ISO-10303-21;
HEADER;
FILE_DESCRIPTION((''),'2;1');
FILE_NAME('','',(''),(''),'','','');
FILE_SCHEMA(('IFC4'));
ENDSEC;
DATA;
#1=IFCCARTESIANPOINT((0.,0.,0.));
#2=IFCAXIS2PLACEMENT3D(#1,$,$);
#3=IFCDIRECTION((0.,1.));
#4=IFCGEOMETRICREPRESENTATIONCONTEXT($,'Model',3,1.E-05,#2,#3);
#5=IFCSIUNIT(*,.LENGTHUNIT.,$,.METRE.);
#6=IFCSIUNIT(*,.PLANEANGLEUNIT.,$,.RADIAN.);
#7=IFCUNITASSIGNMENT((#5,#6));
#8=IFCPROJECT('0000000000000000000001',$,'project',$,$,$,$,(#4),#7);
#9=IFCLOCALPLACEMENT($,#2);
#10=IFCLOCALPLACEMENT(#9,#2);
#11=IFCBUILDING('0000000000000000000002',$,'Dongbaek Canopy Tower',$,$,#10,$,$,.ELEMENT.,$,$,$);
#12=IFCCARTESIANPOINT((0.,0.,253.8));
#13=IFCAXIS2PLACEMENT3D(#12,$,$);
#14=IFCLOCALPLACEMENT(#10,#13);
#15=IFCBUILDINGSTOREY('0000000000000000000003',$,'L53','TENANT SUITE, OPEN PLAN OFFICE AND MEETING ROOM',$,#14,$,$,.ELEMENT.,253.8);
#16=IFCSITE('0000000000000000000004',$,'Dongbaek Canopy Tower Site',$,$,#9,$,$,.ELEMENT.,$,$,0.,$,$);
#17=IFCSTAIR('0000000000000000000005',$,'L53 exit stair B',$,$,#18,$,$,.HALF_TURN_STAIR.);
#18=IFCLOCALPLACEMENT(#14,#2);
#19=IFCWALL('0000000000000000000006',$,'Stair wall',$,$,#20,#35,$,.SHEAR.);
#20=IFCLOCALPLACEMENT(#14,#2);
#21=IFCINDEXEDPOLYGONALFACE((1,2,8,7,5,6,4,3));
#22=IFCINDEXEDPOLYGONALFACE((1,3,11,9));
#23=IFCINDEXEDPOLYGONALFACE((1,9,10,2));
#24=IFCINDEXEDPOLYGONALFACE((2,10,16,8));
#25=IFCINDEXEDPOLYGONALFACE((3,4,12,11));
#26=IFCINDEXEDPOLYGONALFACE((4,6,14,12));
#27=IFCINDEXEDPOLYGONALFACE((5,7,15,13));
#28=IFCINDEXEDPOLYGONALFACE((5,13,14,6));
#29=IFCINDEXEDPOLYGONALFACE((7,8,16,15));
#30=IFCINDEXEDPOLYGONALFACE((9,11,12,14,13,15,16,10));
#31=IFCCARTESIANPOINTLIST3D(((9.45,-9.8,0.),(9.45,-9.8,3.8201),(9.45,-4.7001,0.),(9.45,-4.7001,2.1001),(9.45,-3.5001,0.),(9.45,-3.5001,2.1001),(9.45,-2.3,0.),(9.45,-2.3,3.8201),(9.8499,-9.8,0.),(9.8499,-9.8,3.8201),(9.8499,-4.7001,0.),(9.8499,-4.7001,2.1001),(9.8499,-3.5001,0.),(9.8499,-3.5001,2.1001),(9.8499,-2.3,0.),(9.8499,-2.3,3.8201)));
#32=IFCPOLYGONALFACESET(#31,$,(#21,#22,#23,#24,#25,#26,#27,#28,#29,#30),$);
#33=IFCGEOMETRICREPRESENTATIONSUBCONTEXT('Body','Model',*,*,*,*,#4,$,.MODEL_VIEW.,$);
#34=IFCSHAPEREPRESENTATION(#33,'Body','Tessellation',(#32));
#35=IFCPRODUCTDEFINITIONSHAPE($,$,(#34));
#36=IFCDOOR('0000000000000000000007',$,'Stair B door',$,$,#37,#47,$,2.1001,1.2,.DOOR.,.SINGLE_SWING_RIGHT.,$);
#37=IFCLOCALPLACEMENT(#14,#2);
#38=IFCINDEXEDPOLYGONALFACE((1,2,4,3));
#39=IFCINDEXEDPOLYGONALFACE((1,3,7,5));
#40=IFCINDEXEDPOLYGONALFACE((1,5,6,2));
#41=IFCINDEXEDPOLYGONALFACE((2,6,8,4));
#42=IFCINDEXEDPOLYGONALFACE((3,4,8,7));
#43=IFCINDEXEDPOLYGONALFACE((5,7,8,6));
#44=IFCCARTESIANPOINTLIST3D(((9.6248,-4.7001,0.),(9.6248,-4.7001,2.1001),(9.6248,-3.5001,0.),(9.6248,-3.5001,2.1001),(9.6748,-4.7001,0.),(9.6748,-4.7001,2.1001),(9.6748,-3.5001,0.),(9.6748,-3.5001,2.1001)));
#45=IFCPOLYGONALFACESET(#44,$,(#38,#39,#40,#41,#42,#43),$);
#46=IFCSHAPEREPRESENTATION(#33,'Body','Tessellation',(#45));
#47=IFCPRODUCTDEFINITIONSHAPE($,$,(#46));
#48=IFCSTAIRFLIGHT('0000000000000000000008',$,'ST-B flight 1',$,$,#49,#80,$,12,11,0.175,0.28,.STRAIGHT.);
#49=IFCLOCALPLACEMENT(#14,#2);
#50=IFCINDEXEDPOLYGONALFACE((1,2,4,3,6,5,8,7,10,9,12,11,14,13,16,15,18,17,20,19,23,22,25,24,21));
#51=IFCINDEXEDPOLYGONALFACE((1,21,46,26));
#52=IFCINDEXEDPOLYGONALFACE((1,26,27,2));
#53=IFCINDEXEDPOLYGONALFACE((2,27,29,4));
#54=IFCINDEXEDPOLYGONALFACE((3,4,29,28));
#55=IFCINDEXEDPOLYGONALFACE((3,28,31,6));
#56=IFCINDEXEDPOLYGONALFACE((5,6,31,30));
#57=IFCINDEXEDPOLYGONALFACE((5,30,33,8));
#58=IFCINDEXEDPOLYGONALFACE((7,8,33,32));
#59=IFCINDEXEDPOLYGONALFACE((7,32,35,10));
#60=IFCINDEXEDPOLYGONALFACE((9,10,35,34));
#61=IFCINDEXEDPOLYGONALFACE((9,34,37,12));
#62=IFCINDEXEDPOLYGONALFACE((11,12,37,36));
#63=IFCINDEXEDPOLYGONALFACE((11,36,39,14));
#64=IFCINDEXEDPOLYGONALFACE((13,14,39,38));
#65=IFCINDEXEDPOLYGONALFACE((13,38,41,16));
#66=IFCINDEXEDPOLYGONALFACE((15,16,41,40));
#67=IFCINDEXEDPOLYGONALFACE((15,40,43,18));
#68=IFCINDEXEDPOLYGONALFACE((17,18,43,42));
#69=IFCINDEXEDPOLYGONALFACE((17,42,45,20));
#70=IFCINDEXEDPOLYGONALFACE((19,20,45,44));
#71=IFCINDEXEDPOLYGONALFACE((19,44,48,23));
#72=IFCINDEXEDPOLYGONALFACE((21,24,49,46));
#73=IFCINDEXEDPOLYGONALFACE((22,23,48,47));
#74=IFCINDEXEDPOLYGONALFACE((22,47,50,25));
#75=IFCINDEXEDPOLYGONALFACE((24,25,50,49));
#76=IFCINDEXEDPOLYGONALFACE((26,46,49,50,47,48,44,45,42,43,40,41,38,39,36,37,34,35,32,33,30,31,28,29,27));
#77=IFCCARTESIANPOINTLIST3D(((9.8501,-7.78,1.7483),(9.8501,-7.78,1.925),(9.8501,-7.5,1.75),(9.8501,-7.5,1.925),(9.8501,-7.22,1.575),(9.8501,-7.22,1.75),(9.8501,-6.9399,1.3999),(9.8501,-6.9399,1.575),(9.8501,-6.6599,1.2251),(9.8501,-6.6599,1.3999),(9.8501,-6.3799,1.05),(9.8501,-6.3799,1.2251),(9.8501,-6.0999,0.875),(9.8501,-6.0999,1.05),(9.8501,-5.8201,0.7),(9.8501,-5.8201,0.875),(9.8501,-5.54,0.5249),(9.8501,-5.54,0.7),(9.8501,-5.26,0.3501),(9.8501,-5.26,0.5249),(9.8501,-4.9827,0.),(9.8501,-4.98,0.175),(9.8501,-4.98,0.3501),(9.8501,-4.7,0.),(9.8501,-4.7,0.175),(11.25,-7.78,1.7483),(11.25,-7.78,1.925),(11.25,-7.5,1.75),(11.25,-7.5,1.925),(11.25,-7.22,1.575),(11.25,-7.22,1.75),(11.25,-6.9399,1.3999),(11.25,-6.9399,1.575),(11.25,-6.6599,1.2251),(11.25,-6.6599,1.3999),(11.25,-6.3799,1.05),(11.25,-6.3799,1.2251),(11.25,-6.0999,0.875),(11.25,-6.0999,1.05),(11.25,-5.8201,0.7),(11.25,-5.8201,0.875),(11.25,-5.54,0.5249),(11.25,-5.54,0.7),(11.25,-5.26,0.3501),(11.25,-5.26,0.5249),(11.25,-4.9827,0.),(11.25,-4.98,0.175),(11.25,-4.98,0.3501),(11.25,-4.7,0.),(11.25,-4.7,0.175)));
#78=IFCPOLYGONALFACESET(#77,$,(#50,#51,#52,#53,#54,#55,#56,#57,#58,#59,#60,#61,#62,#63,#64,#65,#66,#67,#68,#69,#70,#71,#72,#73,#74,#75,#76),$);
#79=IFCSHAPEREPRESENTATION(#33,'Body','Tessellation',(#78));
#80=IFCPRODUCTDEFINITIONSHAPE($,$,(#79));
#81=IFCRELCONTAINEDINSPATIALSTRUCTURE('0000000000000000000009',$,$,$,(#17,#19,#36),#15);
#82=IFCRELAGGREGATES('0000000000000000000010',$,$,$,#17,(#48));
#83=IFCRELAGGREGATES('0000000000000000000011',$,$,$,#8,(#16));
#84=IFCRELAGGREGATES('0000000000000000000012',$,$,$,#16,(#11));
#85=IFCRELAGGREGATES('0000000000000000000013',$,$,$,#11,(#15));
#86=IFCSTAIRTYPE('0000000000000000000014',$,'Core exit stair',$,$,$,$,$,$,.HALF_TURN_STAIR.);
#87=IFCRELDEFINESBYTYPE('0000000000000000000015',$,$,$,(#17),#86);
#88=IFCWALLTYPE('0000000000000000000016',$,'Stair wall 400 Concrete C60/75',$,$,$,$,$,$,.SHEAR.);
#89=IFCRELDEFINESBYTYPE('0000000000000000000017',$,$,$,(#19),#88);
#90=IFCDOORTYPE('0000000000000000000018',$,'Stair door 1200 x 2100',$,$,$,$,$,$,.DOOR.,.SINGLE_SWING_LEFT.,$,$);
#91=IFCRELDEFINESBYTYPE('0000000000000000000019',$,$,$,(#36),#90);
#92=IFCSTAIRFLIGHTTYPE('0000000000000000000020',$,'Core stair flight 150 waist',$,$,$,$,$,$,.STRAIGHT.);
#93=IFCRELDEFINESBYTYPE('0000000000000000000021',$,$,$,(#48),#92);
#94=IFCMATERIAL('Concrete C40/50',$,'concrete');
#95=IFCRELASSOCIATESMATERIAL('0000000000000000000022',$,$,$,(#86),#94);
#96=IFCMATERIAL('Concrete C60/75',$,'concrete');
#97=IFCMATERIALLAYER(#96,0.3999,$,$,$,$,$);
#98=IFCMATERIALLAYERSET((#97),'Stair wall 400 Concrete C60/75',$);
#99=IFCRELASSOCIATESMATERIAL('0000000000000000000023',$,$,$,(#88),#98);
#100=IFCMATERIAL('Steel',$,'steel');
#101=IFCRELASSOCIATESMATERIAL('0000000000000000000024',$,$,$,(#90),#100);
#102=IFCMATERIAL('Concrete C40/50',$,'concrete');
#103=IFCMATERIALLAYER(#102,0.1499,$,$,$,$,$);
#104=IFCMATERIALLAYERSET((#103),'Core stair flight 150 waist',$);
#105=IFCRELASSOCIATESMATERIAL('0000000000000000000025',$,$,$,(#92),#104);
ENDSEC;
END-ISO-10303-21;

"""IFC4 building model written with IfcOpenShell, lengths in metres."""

from ifc_helpers import new_model, si_unit, direction, frame, frame_2d, origin, place, context, subcontext, project, spatial, polyline, rectangle, outline, extrude, material, layer, layer_set, type_object, element, fill, aggregate, save


model = new_model("IFC4")

# Units and contexts
model_context = context("Model", 3, precision=1e-05, world=origin(), true_north=direction((0.0, 1.0)))
body_context = subcontext(model_context, "Body", "Model", "MODEL_VIEW")
ifc_project = project(units=[si_unit("LENGTHUNIT", "METRE"), si_unit("PLANEANGLEUNIT", "RADIAN")], contexts=[model_context])

# Site, building, storey
site_placement = place(None, origin())
site = spatial("IfcSite", under=ifc_project, at=site_placement, Name="Dongbaek Canopy Tower Site", CompositionType="ELEMENT", RefElevation=0.0)
building_placement = place(site_placement, origin())
building = spatial("IfcBuilding", under=site, at=building_placement, Name="Dongbaek Canopy Tower", CompositionType="ELEMENT")
storey_placement = place(building_placement, frame((0.0, 0.0, 253.8)))
storey = spatial("IfcBuildingStorey", under=building, at=storey_placement, Name="L53", Description="TENANT SUITE, OPEN PLAN OFFICE AND MEETING ROOM", CompositionType="ELEMENT", Elevation=253.8)

# Stair
ifc_material_1 = material(Name="Concrete C40/50", Category="concrete")
stair_type = type_object("IfcStairType", Name="Core exit stair", PredefinedType="HALF_TURN_STAIR", material=ifc_material_1)
stair_1_placement = place(storey_placement, origin())
stair_1 = element("IfcStair", 1, at=stair_1_placement, inside=storey, type_object=stair_type, Name="L53 exit stair B", PredefinedType="HALF_TURN_STAIR")

# Wall, opening, door
ifc_material_2 = material(Name="Concrete C60/75", Category="concrete")
ifc_layer_1 = layer(ifc_material_2, 0.3999)
ifc_layer_set_1 = layer_set([ifc_layer_1], Name="Stair wall 400 Concrete C60/75")
wall_type_1 = type_object("IfcWallType", Name="Stair wall 400 Concrete C60/75", PredefinedType="SHEAR", material=ifc_layer_set_1)
wall_1_placement = place(storey_placement, frame((9.6499, -2.3, 0.0), z_axis=(0.0, 0.0, 1.0), x_axis=(0.0, -1.0, 0.0)))
wall_1 = element("IfcWall", 2, at=wall_1_placement, inside=storey, type_object=wall_type_1, Name="Stair wall", PredefinedType="SHEAR", context=body_context, shape_type="SweptSolid", body=[
    extrude(rectangle(XDim=7.5, YDim=0.3999, at=frame_2d((3.75, 0.0))), origin(), (0.0, 0.0, 1.0), 3.8201),
])
opening_1_placement = place(wall_1_placement, frame((1.2, 0.0, 0.0)))
opening_1 = element("IfcOpeningElement", 3, at=opening_1_placement, cuts=wall_1, PredefinedType="OPENING", context=body_context, shape_type="SweptSolid", body=[
    extrude(rectangle(XDim=1.2, YDim=2.1001, at=frame_2d((0.6001, 1.05))), frame((0.0, 0.21, 0.0), z_axis=(0.0, -1.0, 0.0), x_axis=(1.0, 0.0, 0.0)), (0.0, 0.0, 1.0), 0.4199),
])
ifc_material_3 = material(Name="Steel", Category="steel")
door_type_1 = type_object("IfcDoorType", Name="Stair door 1200 x 2100", OperationType="SINGLE_SWING_LEFT", PredefinedType="DOOR", material=ifc_material_3)
door_1_placement = place(opening_1_placement, origin())
door_1 = element("IfcDoor", 4, at=door_1_placement, inside=storey, type_object=door_type_1, Name="Stair B door", OperationType="SINGLE_SWING_RIGHT", OverallHeight=2.1001, OverallWidth=1.2, PredefinedType="DOOR", context=body_context, shape_type="SweptSolid", body=[
    extrude(rectangle(XDim=1.2, YDim=2.1001, at=frame_2d((0.6001, 1.05))), frame((0.0, 0.0249, 0.0), z_axis=(0.0, -1.0, 0.0), x_axis=(1.0, 0.0, 0.0)), (0.0, 0.0, 1.0), 0.05),
])
fill(opening_1, door_1)

# Stair flight
ifc_material_4 = material(Name="Concrete C40/50", Category="concrete")
ifc_layer_2 = layer(ifc_material_4, 0.1499)
ifc_layer_set_2 = layer_set([ifc_layer_2], Name="Core stair flight 150 waist")
stair_flight_type = type_object("IfcStairFlightType", Name="Core stair flight 150 waist", PredefinedType="STRAIGHT", material=ifc_layer_set_2)
stair_flight_placement = place(storey_placement, frame((10.55, -4.7, 0.0), z_axis=(0.0, 0.0, 1.0), x_axis=(0.0, -1.0, 0.0)))
stair_flight = element("IfcStairFlight", 5, at=stair_flight_placement, type_object=stair_flight_type, Name="ST-B flight 1", NumberOfRisers=12, NumberOfTreads=11, PredefinedType="STRAIGHT", RiserHeight=0.175, TreadLength=0.28, context=body_context, shape_type="SweptSolid", body=[
    extrude(outline(polyline([(0.0, 0.0), (0.0, 0.175), (0.28, 0.175), (0.28, 0.3501), (0.5601, 0.3501), (0.5601, 0.5249), (0.8401, 0.5249), (0.8401, 0.7), (1.1201, 0.7), (1.1201, 0.875), (1.3999, 0.875), (1.3999, 1.05), (1.6799, 1.05), (1.6799, 1.2251), (1.96, 1.2251), (1.96, 1.3999), (2.24, 1.3999), (2.24, 1.575), (2.52, 1.575), (2.52, 1.75), (2.8, 1.75), (2.8, 1.925), (3.0801, 1.925), (3.0801, 2.1001), (3.0801, 1.7483), (0.2827, 0.0), (0.0, 0.0)])), frame((0.0, 0.7, 0.0), z_axis=(0.0, -1.0, 0.0), x_axis=(1.0, 0.0, 0.0)), (0.0, 0.0, 1.0), 1.3999),
])
aggregate(stair_1, [stair_flight])

save(model, "model.ifc")
